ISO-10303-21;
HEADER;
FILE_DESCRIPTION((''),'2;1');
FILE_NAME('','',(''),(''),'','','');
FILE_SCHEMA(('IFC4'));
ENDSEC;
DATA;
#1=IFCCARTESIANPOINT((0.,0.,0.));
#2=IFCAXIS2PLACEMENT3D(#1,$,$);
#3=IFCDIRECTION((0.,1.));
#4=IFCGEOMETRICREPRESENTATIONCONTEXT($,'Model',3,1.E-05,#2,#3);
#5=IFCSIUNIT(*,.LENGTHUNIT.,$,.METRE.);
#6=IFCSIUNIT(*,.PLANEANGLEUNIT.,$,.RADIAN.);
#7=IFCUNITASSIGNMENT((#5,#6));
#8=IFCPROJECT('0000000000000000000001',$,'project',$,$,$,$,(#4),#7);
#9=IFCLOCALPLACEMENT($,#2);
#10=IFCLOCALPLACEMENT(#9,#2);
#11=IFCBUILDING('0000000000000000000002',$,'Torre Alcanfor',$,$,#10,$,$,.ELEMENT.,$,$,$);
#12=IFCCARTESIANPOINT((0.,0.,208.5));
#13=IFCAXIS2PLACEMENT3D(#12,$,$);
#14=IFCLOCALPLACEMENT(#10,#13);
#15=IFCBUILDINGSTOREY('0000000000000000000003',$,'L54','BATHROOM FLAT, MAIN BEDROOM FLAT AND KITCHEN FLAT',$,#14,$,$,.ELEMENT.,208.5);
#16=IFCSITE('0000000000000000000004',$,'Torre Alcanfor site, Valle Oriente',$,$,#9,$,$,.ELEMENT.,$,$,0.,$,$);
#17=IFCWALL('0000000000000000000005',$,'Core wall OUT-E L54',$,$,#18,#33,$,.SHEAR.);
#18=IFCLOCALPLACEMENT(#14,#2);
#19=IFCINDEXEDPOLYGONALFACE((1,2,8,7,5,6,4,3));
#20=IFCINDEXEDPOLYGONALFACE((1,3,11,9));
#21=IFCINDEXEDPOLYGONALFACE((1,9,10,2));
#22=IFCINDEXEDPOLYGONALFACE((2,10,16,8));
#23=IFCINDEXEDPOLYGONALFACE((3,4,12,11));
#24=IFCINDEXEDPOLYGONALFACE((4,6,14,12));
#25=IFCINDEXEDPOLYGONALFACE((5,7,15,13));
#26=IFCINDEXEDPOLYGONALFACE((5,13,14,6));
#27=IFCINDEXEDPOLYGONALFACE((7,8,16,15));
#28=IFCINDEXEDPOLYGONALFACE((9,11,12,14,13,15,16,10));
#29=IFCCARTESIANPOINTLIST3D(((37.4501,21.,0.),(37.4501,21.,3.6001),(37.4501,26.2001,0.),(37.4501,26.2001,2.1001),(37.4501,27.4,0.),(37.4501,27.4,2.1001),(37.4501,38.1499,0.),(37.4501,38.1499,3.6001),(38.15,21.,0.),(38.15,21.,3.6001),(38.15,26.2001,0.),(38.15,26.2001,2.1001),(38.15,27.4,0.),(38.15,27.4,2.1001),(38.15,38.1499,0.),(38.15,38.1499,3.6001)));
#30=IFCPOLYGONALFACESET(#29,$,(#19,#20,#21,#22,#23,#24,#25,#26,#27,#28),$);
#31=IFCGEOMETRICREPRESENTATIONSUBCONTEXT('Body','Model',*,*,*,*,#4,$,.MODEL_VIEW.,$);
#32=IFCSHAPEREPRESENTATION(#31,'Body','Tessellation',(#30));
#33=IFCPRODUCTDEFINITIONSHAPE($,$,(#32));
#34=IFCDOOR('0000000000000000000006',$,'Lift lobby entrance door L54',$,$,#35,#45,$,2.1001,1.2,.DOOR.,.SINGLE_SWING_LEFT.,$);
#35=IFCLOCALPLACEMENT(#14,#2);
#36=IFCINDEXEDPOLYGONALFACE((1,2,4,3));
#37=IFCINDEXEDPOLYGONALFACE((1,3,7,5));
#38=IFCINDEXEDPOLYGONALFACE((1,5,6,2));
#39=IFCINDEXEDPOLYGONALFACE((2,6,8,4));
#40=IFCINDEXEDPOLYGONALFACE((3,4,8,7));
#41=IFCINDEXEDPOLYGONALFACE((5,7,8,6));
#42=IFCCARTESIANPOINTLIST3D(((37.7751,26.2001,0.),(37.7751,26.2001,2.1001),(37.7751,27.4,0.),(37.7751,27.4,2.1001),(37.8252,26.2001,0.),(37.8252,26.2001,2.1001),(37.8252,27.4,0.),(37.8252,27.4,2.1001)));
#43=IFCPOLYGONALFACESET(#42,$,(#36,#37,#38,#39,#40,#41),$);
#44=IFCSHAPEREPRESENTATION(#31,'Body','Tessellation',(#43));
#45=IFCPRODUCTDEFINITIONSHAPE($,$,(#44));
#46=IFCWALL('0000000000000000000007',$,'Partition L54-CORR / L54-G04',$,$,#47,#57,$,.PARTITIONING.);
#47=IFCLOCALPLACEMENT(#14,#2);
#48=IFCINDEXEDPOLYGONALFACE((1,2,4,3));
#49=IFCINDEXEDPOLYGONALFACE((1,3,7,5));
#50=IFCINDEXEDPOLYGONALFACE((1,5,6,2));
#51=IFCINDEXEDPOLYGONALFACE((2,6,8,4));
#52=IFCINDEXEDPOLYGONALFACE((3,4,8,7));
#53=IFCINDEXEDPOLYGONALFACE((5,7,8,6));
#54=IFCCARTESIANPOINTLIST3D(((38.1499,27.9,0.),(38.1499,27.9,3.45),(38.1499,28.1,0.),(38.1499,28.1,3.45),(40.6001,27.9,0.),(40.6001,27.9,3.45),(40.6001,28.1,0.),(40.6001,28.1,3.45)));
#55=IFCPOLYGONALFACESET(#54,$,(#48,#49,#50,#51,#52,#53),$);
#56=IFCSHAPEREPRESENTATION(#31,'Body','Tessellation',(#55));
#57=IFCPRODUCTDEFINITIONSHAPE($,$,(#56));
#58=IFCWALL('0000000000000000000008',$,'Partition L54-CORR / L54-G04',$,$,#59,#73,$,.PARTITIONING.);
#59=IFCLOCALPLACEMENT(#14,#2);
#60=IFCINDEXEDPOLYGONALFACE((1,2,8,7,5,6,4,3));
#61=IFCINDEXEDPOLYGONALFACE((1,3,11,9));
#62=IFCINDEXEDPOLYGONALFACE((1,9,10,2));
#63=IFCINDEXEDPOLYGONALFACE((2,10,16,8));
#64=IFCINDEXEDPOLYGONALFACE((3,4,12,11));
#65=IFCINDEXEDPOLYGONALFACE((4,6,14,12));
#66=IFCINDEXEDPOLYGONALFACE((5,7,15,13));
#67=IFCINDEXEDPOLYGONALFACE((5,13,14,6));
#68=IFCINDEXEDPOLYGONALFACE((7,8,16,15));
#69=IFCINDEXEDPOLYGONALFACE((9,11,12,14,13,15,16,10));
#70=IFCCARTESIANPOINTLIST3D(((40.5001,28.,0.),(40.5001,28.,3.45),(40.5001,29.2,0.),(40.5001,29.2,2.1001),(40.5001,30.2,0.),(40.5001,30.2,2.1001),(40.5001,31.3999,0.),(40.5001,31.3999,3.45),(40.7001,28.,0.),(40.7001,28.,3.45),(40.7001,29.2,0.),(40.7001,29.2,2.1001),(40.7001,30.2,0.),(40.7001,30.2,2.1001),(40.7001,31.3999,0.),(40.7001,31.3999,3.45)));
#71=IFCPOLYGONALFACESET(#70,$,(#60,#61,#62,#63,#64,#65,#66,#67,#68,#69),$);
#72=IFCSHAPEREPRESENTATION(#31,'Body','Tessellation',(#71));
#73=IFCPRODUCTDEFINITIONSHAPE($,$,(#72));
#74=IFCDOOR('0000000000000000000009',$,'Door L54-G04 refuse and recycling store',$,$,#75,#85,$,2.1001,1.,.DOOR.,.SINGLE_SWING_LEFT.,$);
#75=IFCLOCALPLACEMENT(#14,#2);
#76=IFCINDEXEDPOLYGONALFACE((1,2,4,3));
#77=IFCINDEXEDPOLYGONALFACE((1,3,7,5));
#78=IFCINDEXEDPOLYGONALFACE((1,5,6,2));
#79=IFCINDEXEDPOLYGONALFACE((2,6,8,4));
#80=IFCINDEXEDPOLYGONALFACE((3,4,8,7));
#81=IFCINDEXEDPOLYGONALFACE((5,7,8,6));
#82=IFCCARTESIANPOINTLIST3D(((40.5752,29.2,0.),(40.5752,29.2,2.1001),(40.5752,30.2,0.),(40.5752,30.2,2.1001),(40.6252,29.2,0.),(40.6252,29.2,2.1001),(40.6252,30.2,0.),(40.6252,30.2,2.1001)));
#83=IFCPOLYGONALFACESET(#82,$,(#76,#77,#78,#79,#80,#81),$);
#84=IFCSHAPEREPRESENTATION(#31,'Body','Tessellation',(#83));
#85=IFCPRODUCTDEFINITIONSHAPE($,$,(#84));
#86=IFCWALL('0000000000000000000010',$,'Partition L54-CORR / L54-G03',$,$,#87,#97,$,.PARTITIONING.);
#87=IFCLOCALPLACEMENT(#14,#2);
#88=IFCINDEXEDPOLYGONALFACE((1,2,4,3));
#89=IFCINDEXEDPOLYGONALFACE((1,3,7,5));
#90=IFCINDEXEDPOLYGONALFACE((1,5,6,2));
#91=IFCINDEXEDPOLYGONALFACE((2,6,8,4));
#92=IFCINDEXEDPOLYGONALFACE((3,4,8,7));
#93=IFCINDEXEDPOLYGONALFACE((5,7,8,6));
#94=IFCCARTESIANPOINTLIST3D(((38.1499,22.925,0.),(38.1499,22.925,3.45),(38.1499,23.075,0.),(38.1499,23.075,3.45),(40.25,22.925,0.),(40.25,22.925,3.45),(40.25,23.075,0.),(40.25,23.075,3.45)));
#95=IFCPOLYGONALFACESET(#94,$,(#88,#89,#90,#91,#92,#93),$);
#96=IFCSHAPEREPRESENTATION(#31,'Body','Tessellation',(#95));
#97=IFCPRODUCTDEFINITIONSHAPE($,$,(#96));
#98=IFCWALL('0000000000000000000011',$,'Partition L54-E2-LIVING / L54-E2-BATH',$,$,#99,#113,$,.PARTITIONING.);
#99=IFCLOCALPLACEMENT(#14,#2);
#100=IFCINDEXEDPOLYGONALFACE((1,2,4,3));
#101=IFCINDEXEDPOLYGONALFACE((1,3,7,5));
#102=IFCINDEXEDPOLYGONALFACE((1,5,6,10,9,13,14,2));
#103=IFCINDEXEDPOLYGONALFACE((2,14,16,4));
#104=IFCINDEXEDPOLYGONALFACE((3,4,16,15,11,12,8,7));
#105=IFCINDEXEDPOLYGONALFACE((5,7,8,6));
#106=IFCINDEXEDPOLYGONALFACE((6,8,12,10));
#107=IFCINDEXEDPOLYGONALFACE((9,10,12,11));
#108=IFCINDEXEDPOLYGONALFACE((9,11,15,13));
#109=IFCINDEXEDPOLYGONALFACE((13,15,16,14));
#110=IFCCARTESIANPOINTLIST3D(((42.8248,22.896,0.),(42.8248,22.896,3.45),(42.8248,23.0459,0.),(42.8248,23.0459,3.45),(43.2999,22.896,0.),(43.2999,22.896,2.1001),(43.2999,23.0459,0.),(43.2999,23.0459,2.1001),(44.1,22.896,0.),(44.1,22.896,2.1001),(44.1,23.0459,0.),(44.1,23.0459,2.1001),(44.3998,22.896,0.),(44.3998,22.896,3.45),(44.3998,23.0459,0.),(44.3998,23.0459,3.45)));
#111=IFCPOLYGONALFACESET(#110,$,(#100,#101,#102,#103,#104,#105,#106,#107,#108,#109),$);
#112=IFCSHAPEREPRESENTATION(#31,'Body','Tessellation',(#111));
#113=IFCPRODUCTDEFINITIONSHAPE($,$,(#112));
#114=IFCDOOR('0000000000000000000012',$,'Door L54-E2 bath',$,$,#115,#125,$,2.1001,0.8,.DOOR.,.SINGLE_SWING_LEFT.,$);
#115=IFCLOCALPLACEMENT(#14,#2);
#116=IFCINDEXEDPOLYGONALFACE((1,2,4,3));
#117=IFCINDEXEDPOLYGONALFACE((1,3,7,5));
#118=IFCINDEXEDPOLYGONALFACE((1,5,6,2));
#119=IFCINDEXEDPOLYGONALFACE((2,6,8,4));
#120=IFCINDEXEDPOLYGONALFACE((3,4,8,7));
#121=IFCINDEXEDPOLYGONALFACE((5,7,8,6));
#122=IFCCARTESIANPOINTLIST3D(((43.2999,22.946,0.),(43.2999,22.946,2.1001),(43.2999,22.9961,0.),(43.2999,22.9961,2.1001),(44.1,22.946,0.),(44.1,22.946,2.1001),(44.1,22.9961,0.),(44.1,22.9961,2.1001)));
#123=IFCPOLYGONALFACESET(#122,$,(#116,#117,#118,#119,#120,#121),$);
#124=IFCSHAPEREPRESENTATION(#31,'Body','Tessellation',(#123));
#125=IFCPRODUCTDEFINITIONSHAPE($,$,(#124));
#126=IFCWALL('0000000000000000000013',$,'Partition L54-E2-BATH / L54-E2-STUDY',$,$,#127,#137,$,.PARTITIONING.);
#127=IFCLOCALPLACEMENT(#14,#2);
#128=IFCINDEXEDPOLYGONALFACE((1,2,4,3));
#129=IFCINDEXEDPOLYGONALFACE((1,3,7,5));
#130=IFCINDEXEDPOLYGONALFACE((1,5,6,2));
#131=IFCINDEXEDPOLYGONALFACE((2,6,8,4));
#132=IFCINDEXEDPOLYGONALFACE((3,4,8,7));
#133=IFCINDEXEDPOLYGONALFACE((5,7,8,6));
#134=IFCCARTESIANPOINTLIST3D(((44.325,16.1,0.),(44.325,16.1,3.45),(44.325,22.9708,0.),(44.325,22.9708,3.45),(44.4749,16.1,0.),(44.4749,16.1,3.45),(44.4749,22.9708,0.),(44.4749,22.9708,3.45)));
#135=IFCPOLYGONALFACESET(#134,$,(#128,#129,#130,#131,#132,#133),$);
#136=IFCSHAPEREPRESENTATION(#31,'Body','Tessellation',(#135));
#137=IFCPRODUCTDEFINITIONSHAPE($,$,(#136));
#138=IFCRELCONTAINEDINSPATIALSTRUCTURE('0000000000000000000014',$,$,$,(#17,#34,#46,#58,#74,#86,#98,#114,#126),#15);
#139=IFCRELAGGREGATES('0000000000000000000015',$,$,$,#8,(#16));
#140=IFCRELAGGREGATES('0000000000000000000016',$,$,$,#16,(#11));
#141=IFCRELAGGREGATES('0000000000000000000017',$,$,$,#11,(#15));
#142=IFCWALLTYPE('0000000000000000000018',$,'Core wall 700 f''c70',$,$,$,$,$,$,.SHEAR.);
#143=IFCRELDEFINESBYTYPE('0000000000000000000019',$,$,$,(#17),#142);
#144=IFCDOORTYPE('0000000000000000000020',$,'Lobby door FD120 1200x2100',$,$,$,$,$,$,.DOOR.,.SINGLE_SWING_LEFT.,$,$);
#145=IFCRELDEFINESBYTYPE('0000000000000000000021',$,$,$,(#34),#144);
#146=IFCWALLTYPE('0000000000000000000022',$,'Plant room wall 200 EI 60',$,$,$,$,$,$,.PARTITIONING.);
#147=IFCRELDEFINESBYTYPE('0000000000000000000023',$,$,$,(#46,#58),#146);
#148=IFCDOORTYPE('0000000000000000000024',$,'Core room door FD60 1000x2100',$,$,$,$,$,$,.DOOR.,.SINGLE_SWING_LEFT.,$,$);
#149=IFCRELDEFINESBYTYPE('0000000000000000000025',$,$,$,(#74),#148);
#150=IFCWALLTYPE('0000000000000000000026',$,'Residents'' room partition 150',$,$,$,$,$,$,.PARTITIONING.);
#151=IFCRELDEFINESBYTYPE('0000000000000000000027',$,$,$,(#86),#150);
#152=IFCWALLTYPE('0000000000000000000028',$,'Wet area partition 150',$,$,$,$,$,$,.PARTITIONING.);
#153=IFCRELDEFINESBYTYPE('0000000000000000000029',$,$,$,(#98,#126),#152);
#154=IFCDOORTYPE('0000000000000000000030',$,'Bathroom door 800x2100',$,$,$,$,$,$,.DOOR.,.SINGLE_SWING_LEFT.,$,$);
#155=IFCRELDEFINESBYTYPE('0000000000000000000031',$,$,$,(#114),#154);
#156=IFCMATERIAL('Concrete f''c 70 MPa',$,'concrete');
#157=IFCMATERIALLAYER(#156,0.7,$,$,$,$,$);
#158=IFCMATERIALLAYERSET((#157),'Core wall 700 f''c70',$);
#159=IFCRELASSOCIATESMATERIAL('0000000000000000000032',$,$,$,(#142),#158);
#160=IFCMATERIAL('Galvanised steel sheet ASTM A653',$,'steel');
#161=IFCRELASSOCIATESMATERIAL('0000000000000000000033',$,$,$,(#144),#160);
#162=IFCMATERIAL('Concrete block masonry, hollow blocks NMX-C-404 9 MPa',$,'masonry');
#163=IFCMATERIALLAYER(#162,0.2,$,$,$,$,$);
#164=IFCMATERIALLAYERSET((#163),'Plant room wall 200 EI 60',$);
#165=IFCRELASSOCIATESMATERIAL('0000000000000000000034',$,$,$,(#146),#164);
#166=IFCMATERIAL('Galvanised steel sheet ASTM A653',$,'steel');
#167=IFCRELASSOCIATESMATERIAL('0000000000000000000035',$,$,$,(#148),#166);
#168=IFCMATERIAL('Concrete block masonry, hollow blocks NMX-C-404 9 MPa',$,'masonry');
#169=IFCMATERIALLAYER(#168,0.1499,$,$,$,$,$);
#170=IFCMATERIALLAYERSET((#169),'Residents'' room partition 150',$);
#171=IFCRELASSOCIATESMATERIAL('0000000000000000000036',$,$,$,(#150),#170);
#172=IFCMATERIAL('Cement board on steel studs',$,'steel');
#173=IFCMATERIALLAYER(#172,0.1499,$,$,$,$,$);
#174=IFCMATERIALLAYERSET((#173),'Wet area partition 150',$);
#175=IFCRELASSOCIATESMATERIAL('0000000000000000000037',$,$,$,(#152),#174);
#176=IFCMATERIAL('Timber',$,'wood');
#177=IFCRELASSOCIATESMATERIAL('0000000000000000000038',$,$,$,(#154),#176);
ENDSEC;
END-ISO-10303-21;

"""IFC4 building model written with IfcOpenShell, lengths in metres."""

from ifc_helpers import new_model, si_unit, direction, frame, frame_2d, origin, place, context, subcontext, project, spatial, rectangle, extrude, material, layer, layer_set, type_object, element, fill, save


model = new_model("IFC4")

# Units and contexts
model_context = context("Model", 3, precision=1e-05, world=origin(), true_north=direction((0.0, 1.0)))
body_context = subcontext(model_context, "Body", "Model", "MODEL_VIEW")
ifc_project = project(units=[si_unit("LENGTHUNIT", "METRE"), si_unit("PLANEANGLEUNIT", "RADIAN")], contexts=[model_context])

# Site, building, storey
site_placement = place(None, origin())
site = spatial("IfcSite", under=ifc_project, at=site_placement, Name="Torre Alcanfor site, Valle Oriente", CompositionType="ELEMENT", RefElevation=0.0)
building_placement = place(site_placement, origin())
building = spatial("IfcBuilding", under=site, at=building_placement, Name="Torre Alcanfor", CompositionType="ELEMENT")
storey_placement = place(building_placement, frame((0.0, 0.0, 208.5)))
storey = spatial("IfcBuildingStorey", under=building, at=storey_placement, Name="L54", Description="BATHROOM FLAT, MAIN BEDROOM FLAT AND KITCHEN FLAT", CompositionType="ELEMENT", Elevation=208.5)

# Wall, opening, door
ifc_material_1 = material(Name="Concrete f'c 70 MPa", Category="concrete")
ifc_layer_1 = layer(ifc_material_1, 0.7)
ifc_layer_set_1 = layer_set([ifc_layer_1], Name="Core wall 700 f'c70")
wall_type_1 = type_object("IfcWallType", Name="Core wall 700 f'c70", PredefinedType="SHEAR", material=ifc_layer_set_1)
wall_1_placement = place(storey_placement, frame((37.8, 21.0, 0.0), z_axis=(0.0, 0.0, 1.0), x_axis=(0.0, 1.0, 0.0)))
wall_1 = element("IfcWall", 1, at=wall_1_placement, inside=storey, type_object=wall_type_1, Name="Core wall OUT-E L54", PredefinedType="SHEAR", context=body_context, shape_type="SweptSolid", body=[
    extrude(rectangle(XDim=17.1499, YDim=0.7, at=frame_2d((8.575, 0.0))), origin(), (0.0, 0.0, 1.0), 3.6001),
])
opening_1_placement = place(wall_1_placement, frame((5.2, 0.0, 0.0)))
opening_1 = element("IfcOpeningElement", 2, at=opening_1_placement, cuts=wall_1, PredefinedType="OPENING", context=body_context, shape_type="SweptSolid", body=[
    extrude(rectangle(XDim=1.2, YDim=2.1001, at=frame_2d((0.6001, 1.05))), frame((0.0, 0.3599, 0.0), z_axis=(0.0, -1.0, 0.0), x_axis=(1.0, 0.0, 0.0)), (0.0, 0.0, 1.0), 0.72),
])
ifc_material_2 = material(Name="Galvanised steel sheet ASTM A653", Category="steel")
door_type_1 = type_object("IfcDoorType", Name="Lobby door FD120 1200x2100", OperationType="SINGLE_SWING_LEFT", PredefinedType="DOOR", material=ifc_material_2)
door_1_placement = place(opening_1_placement, origin())
door_1 = element("IfcDoor", 3, at=door_1_placement, inside=storey, type_object=door_type_1, Name="Lift lobby entrance door L54", OperationType="SINGLE_SWING_LEFT", OverallHeight=2.1001, OverallWidth=1.2, PredefinedType="DOOR", context=body_context, shape_type="SweptSolid", body=[
    extrude(rectangle(XDim=1.2, YDim=2.1001, at=frame_2d((0.6001, 1.05))), frame((0.0, 0.0249, 0.0), z_axis=(0.0, -1.0, 0.0), x_axis=(1.0, 0.0, 0.0)), (0.0, 0.0, 1.0), 0.05),
])
fill(opening_1, door_1)

# Wall
ifc_material_3 = material(Name="Concrete block masonry, hollow blocks NMX-C-404 9 MPa", Category="masonry")
ifc_layer_2 = layer(ifc_material_3, 0.2)
ifc_layer_set_2 = layer_set([ifc_layer_2], Name="Plant room wall 200 EI 60")
wall_type_2 = type_object("IfcWallType", Name="Plant room wall 200 EI 60", PredefinedType="PARTITIONING", material=ifc_layer_set_2)
wall_2_placement = place(storey_placement, frame((38.1499, 28.0, 0.0), z_axis=(0.0, 0.0, 1.0), x_axis=(1.0, 0.0, 0.0)))
element("IfcWall", 4, at=wall_2_placement, inside=storey, type_object=wall_type_2, Name="Partition L54-CORR / L54-G04", PredefinedType="PARTITIONING", context=body_context, shape_type="SweptSolid", body=[
    extrude(rectangle(XDim=2.4502, YDim=0.2, at=frame_2d((1.2251, 0.0))), origin(), (0.0, 0.0, 1.0), 3.45),
])

# Wall, opening, door
wall_3_placement = place(storey_placement, frame((40.6001, 28.0, 0.0), z_axis=(0.0, 0.0, 1.0), x_axis=(0.0, 1.0, 0.0)))
wall_3 = element("IfcWall", 5, at=wall_3_placement, inside=storey, type_object=wall_type_2, Name="Partition L54-CORR / L54-G04", PredefinedType="PARTITIONING", context=body_context, shape_type="SweptSolid", body=[
    extrude(rectangle(XDim=3.3999, YDim=0.2, at=frame_2d((1.7, 0.0))), origin(), (0.0, 0.0, 1.0), 3.45),
])
opening_2_placement = place(wall_3_placement, frame((1.2, 0.0, 0.0)))
opening_2 = element("IfcOpeningElement", 6, at=opening_2_placement, cuts=wall_3, PredefinedType="OPENING", context=body_context, shape_type="SweptSolid", body=[
    extrude(rectangle(XDim=1.0, YDim=2.1001, at=frame_2d((0.5, 1.05))), frame((0.0, 0.1099, 0.0), z_axis=(0.0, -1.0, 0.0), x_axis=(1.0, 0.0, 0.0)), (0.0, 0.0, 1.0), 0.22),
])
ifc_material_4 = material(Name="Galvanised steel sheet ASTM A653", Category="steel")
door_type_2 = type_object("IfcDoorType", Name="Core room door FD60 1000x2100", OperationType="SINGLE_SWING_LEFT", PredefinedType="DOOR", material=ifc_material_4)
door_2_placement = place(opening_2_placement, origin())
door_2 = element("IfcDoor", 7, at=door_2_placement, inside=storey, type_object=door_type_2, Name="Door L54-G04 refuse and recycling store", OperationType="SINGLE_SWING_LEFT", OverallHeight=2.1001, OverallWidth=1.0, PredefinedType="DOOR", context=body_context, shape_type="SweptSolid", body=[
    extrude(rectangle(XDim=1.0, YDim=2.1001, at=frame_2d((0.5, 1.05))), frame((0.0, 0.0249, 0.0), z_axis=(0.0, -1.0, 0.0), x_axis=(1.0, 0.0, 0.0)), (0.0, 0.0, 1.0), 0.05),
])
fill(opening_2, door_2)

# Wall
ifc_material_5 = material(Name="Concrete block masonry, hollow blocks NMX-C-404 9 MPa", Category="masonry")
ifc_layer_3 = layer(ifc_material_5, 0.1499)
ifc_layer_set_3 = layer_set([ifc_layer_3], Name="Residents' room partition 150")
wall_type_3 = type_object("IfcWallType", Name="Residents' room partition 150", PredefinedType="PARTITIONING", material=ifc_layer_set_3)
wall_4_placement = place(storey_placement, frame((40.25, 23.0, 0.0), z_axis=(0.0, 0.0, 1.0), x_axis=(-1.0, 0.0, 0.0)))
element("IfcWall", 8, at=wall_4_placement, inside=storey, type_object=wall_type_3, Name="Partition L54-CORR / L54-G03", PredefinedType="PARTITIONING", context=body_context, shape_type="SweptSolid", body=[
    extrude(rectangle(XDim=2.1001, YDim=0.1499, at=frame_2d((1.05, 0.0))), origin(), (0.0, 0.0, 1.0), 3.45),
])

# Wall, opening, door
ifc_material_6 = material(Name="Cement board on steel studs", Category="steel")
ifc_layer_4 = layer(ifc_material_6, 0.1499)
ifc_layer_set_4 = layer_set([ifc_layer_4], Name="Wet area partition 150")
wall_type_4 = type_object("IfcWallType", Name="Wet area partition 150", PredefinedType="PARTITIONING", material=ifc_layer_set_4)
wall_5_placement = place(storey_placement, frame((44.3999, 22.9709, 0.0), z_axis=(0.0, 0.0, 1.0), x_axis=(-1.0, 0.0, 0.0)))
wall_5 = element("IfcWall", 9, at=wall_5_placement, inside=storey, type_object=wall_type_4, Name="Partition L54-E2-LIVING / L54-E2-BATH", PredefinedType="PARTITIONING", context=body_context, shape_type="SweptSolid", body=[
    extrude(rectangle(XDim=1.575, YDim=0.1499, at=frame_2d((0.7876, 0.0))), origin(), (0.0, 0.0, 1.0), 3.45),
])
opening_3_placement = place(wall_5_placement, frame((0.3, 0.0, 0.0)))
opening_3 = element("IfcOpeningElement", 10, at=opening_3_placement, cuts=wall_5, PredefinedType="OPENING", context=body_context, shape_type="SweptSolid", body=[
    extrude(rectangle(XDim=0.8, YDim=2.1001, at=frame_2d((0.3999, 1.05))), frame((0.0, 0.085, 0.0), z_axis=(0.0, -1.0, 0.0), x_axis=(1.0, 0.0, 0.0)), (0.0, 0.0, 1.0), 0.1699),
])
ifc_material_7 = material(Name="Timber", Category="wood")
door_type_3 = type_object("IfcDoorType", Name="Bathroom door 800x2100", OperationType="SINGLE_SWING_LEFT", PredefinedType="DOOR", material=ifc_material_7)
door_3_placement = place(opening_3_placement, origin())
door_3 = element("IfcDoor", 11, at=door_3_placement, inside=storey, type_object=door_type_3, Name="Door L54-E2 bath", OperationType="SINGLE_SWING_LEFT", OverallHeight=2.1001, OverallWidth=0.8, PredefinedType="DOOR", context=body_context, shape_type="SweptSolid", body=[
    extrude(rectangle(XDim=0.8, YDim=2.1001, at=frame_2d((0.3999, 1.05))), frame((0.0, 0.0249, 0.0), z_axis=(0.0, -1.0, 0.0), x_axis=(1.0, 0.0, 0.0)), (0.0, 0.0, 1.0), 0.05),
])
fill(opening_3, door_3)

# Wall
wall_6_placement = place(storey_placement, frame((44.3999, 22.9709, 0.0), z_axis=(0.0, 0.0, 1.0), x_axis=(0.0, -1.0, 0.0)))
element("IfcWall", 12, at=wall_6_placement, inside=storey, type_object=wall_type_4, Name="Partition L54-E2-BATH / L54-E2-STUDY", PredefinedType="PARTITIONING", context=body_context, shape_type="SweptSolid", body=[
    extrude(rectangle(XDim=6.8708, YDim=0.1499, at=frame_2d((3.4355, 0.0))), origin(), (0.0, 0.0, 1.0), 3.45),
])

save(model, "model.ifc")
